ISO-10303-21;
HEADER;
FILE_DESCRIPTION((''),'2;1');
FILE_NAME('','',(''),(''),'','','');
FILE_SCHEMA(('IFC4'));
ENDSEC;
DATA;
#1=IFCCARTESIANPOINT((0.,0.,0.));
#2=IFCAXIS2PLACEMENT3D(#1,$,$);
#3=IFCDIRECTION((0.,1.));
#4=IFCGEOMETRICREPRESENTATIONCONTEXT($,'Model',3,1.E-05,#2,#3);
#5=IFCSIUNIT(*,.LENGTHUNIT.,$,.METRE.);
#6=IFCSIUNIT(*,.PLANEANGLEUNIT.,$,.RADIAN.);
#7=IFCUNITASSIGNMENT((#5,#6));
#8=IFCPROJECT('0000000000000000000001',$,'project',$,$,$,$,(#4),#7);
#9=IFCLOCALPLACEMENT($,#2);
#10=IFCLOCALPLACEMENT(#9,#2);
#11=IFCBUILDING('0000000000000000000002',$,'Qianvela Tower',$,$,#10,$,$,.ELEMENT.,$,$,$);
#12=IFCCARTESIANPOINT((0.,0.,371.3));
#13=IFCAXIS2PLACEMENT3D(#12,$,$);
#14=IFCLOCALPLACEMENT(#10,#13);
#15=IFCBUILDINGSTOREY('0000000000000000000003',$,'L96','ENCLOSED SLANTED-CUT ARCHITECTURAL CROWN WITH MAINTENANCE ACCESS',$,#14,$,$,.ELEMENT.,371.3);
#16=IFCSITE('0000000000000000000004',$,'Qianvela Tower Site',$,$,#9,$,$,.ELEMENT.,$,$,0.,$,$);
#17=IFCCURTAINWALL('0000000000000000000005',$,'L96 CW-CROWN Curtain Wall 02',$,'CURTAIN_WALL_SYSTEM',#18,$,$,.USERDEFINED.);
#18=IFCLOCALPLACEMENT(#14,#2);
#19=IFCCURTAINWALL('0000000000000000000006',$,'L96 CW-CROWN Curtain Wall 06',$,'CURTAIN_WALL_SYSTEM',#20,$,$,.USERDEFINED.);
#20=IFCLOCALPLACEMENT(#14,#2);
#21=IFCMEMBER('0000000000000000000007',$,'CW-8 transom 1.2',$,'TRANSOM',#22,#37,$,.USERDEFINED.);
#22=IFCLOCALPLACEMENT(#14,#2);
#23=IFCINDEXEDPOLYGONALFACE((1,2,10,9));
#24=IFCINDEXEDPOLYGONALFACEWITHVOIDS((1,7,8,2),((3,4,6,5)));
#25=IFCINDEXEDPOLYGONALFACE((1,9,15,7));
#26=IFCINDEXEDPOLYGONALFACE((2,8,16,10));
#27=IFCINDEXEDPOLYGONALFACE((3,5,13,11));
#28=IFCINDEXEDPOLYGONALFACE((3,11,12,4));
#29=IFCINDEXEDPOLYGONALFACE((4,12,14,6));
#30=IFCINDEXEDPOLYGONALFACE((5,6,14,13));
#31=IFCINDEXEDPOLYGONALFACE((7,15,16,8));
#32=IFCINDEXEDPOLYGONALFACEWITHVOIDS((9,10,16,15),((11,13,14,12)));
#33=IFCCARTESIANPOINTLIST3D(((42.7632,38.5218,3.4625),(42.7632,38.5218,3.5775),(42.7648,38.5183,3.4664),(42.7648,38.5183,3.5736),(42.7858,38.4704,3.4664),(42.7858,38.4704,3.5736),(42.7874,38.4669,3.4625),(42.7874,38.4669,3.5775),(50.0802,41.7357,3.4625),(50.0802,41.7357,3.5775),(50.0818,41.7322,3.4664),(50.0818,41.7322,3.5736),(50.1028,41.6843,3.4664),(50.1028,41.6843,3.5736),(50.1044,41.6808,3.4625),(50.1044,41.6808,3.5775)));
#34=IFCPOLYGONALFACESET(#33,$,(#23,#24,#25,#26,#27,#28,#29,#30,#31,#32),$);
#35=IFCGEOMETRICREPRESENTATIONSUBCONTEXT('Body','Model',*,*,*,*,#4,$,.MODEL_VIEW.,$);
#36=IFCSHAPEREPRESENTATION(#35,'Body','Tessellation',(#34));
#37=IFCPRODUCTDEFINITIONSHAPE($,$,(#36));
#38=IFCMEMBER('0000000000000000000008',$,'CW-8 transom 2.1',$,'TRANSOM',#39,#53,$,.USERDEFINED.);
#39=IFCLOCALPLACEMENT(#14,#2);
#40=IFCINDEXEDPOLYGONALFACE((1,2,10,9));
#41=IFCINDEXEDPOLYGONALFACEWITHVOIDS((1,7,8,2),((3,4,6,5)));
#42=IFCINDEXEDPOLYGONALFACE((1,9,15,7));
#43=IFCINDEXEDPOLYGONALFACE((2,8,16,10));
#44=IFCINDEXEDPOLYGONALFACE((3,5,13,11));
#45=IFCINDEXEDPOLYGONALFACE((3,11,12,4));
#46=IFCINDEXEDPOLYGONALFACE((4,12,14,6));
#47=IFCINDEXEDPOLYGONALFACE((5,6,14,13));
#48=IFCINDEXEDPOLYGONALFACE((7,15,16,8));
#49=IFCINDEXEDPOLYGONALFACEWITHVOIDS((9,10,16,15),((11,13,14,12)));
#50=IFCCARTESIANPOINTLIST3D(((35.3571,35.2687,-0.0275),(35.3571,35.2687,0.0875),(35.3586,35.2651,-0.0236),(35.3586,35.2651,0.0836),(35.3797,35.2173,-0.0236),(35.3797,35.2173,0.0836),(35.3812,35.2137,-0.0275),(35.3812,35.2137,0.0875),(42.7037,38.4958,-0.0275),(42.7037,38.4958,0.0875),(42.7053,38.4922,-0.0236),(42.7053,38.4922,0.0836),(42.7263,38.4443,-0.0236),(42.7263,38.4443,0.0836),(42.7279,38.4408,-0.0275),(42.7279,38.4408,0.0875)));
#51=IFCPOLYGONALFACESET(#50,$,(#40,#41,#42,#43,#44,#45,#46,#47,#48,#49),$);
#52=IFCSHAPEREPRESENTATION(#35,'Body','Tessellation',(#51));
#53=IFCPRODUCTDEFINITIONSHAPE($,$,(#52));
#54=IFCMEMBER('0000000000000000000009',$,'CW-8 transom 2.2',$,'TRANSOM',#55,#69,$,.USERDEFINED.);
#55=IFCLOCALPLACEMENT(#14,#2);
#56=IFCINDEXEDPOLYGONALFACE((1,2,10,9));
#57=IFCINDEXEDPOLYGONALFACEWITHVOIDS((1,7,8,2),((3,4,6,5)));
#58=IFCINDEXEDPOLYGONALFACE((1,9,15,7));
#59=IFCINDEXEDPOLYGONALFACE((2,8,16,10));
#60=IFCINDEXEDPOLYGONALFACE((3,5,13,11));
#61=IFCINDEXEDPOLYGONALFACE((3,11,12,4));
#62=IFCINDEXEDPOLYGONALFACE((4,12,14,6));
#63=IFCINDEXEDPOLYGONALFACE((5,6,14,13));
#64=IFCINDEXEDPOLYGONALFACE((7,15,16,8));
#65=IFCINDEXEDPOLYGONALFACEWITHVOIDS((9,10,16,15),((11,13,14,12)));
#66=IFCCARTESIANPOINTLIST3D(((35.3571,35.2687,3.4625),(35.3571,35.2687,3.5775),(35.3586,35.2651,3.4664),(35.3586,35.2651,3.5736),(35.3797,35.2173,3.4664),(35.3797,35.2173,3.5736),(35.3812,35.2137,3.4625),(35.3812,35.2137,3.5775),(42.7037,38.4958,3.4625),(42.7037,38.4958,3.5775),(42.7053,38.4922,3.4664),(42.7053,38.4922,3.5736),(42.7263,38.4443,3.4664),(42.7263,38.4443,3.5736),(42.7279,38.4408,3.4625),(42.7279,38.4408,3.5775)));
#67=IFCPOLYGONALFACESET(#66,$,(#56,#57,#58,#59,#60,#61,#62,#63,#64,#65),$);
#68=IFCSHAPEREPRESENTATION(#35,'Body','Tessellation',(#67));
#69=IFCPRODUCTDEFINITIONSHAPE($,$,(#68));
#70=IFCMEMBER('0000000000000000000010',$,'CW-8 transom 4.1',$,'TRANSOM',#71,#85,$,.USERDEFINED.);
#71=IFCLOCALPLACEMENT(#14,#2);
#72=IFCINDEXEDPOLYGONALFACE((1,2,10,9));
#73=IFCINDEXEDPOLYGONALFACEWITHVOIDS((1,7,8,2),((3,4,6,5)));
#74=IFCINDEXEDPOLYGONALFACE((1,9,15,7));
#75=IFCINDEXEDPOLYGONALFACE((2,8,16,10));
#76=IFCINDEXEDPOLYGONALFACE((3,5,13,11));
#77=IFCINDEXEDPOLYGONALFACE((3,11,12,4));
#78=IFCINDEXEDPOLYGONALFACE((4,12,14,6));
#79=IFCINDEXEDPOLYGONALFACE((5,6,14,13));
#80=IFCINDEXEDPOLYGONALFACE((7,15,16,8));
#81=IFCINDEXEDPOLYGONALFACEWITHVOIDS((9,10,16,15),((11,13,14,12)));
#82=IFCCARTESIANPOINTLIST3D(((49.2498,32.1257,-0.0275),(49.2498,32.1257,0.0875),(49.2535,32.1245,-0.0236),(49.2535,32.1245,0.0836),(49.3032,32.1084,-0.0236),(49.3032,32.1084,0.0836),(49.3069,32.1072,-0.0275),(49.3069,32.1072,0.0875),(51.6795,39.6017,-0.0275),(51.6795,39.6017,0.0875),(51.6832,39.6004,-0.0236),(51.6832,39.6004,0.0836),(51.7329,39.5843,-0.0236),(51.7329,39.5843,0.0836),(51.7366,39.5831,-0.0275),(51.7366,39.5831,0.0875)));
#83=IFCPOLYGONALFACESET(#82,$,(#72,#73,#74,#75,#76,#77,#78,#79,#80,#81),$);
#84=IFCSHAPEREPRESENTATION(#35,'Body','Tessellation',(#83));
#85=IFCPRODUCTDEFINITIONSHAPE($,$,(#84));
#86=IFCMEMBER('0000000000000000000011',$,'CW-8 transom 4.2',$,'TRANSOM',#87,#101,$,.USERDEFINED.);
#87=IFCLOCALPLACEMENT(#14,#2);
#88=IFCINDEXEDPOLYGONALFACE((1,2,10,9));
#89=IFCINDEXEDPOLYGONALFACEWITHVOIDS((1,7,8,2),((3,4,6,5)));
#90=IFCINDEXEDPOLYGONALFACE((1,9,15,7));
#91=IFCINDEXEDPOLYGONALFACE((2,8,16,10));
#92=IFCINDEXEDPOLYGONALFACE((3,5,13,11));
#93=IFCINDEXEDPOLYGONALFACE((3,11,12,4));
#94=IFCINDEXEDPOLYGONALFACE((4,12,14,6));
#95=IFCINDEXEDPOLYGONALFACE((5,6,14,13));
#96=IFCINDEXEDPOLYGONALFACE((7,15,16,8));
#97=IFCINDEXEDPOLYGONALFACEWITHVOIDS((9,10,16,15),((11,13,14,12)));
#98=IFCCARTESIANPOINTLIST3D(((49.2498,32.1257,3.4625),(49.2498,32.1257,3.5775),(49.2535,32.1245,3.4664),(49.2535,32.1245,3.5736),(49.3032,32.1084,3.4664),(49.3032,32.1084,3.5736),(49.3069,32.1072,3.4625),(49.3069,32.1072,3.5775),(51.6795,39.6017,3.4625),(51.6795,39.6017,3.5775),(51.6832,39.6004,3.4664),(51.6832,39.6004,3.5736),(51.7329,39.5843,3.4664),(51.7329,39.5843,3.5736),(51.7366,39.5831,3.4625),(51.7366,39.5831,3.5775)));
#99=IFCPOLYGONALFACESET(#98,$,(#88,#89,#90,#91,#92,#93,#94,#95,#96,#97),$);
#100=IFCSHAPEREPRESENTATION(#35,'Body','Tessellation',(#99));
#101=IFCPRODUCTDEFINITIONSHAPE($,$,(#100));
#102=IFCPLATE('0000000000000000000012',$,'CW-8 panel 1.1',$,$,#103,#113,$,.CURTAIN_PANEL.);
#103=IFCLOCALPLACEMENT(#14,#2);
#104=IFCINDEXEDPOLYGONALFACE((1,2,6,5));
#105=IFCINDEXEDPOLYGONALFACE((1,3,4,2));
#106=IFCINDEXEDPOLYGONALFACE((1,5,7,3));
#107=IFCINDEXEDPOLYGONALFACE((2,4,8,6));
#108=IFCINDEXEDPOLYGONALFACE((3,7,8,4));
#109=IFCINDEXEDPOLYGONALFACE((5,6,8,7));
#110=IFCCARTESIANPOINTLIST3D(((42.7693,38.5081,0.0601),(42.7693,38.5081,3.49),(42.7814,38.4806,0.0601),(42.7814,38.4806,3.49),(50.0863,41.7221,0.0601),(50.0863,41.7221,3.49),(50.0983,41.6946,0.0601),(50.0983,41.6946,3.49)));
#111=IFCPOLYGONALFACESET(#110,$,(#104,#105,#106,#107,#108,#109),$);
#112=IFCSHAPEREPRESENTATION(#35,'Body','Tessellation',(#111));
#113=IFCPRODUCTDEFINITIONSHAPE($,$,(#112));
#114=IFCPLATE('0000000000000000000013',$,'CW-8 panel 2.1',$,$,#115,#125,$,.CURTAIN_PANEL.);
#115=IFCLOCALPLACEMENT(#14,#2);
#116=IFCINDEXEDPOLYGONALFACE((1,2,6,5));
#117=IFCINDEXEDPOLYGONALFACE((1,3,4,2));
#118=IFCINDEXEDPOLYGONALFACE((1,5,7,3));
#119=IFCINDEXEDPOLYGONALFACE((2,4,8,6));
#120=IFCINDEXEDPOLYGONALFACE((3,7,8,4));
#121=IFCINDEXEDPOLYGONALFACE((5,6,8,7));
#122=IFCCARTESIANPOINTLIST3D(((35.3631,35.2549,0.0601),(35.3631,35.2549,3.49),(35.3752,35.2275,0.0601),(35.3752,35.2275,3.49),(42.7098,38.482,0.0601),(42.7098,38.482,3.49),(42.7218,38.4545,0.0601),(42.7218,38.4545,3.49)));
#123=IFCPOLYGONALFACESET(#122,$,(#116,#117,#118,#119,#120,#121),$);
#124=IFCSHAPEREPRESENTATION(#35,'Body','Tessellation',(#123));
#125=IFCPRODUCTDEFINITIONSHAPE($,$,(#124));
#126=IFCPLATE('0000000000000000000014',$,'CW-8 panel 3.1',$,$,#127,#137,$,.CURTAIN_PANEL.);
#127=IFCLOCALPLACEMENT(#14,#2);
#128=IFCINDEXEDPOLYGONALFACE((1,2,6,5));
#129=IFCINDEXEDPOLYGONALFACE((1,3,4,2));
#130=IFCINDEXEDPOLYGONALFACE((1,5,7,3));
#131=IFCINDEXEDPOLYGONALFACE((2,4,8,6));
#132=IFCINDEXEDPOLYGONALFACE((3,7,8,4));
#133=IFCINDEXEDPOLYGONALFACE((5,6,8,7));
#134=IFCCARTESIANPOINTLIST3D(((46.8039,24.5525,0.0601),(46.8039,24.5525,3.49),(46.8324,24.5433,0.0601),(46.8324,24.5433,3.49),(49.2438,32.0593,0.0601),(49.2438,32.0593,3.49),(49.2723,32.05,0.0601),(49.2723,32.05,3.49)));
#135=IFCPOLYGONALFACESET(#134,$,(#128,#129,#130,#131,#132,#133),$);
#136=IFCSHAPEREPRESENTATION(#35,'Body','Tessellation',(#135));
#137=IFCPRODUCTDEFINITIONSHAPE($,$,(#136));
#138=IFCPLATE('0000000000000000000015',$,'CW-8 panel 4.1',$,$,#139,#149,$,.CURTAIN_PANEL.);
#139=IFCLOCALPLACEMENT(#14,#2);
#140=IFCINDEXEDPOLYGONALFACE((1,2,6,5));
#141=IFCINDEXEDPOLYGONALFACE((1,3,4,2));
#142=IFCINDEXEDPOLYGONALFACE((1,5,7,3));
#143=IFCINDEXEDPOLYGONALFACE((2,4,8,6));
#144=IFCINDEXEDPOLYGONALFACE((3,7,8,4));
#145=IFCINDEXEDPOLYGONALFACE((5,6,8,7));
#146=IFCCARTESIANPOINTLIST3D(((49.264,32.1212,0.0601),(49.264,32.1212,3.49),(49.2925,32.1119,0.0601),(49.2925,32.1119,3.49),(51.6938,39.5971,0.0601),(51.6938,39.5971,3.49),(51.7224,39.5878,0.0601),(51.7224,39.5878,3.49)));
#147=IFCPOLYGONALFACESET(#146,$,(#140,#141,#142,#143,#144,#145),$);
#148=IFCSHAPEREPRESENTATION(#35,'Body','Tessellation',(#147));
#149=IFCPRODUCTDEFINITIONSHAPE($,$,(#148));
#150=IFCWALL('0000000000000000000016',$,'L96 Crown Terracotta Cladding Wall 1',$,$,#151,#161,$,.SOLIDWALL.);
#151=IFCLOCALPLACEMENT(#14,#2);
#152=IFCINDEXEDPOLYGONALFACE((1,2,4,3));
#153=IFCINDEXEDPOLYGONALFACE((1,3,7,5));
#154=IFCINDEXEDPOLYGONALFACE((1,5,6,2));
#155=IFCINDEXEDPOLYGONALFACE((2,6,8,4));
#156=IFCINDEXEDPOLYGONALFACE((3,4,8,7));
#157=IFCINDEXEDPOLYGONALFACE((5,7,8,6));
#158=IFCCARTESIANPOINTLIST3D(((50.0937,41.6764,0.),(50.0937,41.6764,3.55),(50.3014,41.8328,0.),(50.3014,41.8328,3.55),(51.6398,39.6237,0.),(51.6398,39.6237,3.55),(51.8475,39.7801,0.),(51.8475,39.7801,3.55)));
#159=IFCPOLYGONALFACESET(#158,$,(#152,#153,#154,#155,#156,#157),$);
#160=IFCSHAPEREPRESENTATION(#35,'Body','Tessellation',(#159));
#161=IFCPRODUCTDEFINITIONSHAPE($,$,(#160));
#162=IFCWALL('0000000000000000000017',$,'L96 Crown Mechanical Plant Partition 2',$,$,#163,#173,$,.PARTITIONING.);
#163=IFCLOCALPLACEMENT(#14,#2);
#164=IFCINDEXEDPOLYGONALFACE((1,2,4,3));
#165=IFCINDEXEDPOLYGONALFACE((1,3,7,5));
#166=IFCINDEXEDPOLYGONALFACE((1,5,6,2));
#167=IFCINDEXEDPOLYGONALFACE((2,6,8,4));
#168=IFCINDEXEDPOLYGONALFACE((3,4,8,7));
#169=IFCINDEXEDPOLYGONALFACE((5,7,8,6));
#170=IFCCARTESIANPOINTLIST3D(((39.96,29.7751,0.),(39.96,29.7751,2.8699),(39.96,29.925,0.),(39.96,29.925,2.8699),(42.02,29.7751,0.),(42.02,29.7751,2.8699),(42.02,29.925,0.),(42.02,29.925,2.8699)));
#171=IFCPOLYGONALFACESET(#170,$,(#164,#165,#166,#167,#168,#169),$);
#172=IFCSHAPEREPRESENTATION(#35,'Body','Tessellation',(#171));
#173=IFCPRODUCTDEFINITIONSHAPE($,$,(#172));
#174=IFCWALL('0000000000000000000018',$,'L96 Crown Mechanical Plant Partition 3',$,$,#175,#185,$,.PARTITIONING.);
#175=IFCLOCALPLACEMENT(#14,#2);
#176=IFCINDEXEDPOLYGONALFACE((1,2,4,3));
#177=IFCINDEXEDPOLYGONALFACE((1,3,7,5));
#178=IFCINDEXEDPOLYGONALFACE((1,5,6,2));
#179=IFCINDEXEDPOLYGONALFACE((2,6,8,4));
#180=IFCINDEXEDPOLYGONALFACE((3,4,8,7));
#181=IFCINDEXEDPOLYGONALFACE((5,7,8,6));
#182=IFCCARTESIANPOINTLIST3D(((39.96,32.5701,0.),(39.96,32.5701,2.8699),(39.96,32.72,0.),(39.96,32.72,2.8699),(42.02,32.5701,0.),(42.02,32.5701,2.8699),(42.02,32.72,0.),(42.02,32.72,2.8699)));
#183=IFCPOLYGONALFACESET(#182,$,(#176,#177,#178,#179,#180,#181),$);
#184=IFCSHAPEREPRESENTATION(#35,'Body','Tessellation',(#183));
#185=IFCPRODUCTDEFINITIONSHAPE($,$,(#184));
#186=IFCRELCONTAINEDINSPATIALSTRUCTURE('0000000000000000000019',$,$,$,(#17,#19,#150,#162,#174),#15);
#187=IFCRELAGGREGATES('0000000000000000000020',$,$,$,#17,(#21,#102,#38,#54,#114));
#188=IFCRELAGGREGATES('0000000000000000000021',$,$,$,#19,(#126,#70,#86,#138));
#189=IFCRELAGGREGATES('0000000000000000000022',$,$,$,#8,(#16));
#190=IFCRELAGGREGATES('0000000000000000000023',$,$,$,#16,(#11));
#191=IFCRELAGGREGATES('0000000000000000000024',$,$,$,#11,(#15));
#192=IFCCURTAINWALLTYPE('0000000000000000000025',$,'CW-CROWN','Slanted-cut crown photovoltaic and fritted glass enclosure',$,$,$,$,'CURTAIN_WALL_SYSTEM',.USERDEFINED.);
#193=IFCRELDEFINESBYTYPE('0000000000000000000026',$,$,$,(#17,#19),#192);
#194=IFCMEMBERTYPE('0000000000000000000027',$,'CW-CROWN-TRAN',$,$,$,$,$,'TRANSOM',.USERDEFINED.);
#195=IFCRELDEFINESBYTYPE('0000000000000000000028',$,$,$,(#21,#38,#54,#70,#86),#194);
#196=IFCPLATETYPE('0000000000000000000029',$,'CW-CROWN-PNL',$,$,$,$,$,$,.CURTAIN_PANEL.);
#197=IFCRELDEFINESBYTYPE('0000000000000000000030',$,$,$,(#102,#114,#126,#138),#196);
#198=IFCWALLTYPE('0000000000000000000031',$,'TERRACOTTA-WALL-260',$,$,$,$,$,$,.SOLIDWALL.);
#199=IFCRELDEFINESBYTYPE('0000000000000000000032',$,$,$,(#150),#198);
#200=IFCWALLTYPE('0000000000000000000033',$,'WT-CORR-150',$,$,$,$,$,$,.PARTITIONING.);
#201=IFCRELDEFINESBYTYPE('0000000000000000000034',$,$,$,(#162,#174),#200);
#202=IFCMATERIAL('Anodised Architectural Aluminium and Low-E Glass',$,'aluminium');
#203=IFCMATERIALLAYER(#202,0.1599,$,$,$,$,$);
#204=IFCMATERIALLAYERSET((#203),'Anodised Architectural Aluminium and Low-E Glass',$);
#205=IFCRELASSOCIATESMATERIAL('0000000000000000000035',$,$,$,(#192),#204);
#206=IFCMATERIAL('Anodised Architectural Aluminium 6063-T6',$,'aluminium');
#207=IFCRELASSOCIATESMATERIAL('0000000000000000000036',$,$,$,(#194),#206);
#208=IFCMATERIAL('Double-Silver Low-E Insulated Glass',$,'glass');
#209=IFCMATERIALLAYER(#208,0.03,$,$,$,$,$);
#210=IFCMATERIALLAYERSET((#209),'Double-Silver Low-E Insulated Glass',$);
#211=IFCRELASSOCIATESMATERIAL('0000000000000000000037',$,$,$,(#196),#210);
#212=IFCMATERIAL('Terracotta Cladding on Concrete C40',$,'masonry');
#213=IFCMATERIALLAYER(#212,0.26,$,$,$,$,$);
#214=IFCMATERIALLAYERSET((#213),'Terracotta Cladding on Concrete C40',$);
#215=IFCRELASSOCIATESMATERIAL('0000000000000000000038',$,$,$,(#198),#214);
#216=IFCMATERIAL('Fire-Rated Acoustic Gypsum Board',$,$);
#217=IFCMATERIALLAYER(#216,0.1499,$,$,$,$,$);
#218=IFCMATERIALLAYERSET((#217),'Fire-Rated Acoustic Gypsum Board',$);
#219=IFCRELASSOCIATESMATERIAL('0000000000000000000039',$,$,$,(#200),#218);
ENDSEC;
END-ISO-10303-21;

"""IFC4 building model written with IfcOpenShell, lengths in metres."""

from ifc_helpers import new_model, si_unit, direction, frame, frame_2d, origin, origin_2d, place, context, subcontext, project, spatial, rectangle, hollow_rectangle, extrude, material, layer, layer_set, material_profile, profile_set, type_object, element, aggregate, save


model = new_model("IFC4")

# Units and contexts
model_context = context("Model", 3, precision=1e-05, world=origin(), true_north=direction((0.0, 1.0)))
body_context = subcontext(model_context, "Body", "Model", "MODEL_VIEW")
ifc_project = project(units=[si_unit("LENGTHUNIT", "METRE"), si_unit("PLANEANGLEUNIT", "RADIAN")], contexts=[model_context])

# Site, building, storey
site_placement = place(None, origin())
site = spatial("IfcSite", under=ifc_project, at=site_placement, Name="Qianvela Tower Site", CompositionType="ELEMENT", RefElevation=0.0)
building_placement = place(site_placement, origin())
building = spatial("IfcBuilding", under=site, at=building_placement, Name="Qianvela Tower", CompositionType="ELEMENT")
storey_placement = place(building_placement, frame((0.0, 0.0, 371.3)))
storey = spatial("IfcBuildingStorey", under=building, at=storey_placement, Name="L96", Description="ENCLOSED SLANTED-CUT ARCHITECTURAL CROWN WITH MAINTENANCE ACCESS", CompositionType="ELEMENT", Elevation=371.3)

# Curtain walls
ifc_material_1 = material(Name="Anodised Architectural Aluminium and Low-E Glass", Category="aluminium")
ifc_layer_1 = layer(ifc_material_1, 0.1599)
ifc_layer_set_1 = layer_set([ifc_layer_1], Name="Anodised Architectural Aluminium and Low-E Glass")
curtain_wall_type = type_object("IfcCurtainWallType", Name="CW-CROWN", Description="Slanted-cut crown photovoltaic and fritted glass enclosure", ElementType="CURTAIN_WALL_SYSTEM", PredefinedType="USERDEFINED", material=ifc_layer_set_1)
curtain_wall_1_placement = place(storey_placement, origin())
curtain_wall_1 = element("IfcCurtainWall", 1, at=curtain_wall_1_placement, inside=storey, type_object=curtain_wall_type, Name="L96 CW-CROWN Curtain Wall 02", ObjectType="CURTAIN_WALL_SYSTEM", PredefinedType="USERDEFINED")
curtain_wall_2_placement = place(storey_placement, origin())
curtain_wall_2 = element("IfcCurtainWall", 2, at=curtain_wall_2_placement, inside=storey, type_object=curtain_wall_type, Name="L96 CW-CROWN Curtain Wall 06", ObjectType="CURTAIN_WALL_SYSTEM", PredefinedType="USERDEFINED")

# Members
ifc_material_2 = material(Name="Anodised Architectural Aluminium 6063-T6", Category="aluminium")
ifc_material_profile_1 = material_profile(ifc_material_2, hollow_rectangle(XDim=0.0601, YDim=0.115, WallThickness=0.0039, at=origin_2d()), Name="ALU-TRAN-60x115")
ifc_profile_set_1 = profile_set([ifc_material_profile_1], Name="Anodised Architectural Aluminium 6063-T6")
member_type_1 = type_object("IfcMemberType", Name="CW-CROWN-TRAN", ElementType="TRANSOM", PredefinedType="USERDEFINED", material=ifc_profile_set_1)
member_1_placement = place(storey_placement, frame((50.0923, 41.7083, 3.52), z_axis=(-0.915572, -0.402155, 0.0), x_axis=(0.402155, -0.915572, 0.0)))
member_1 = element("IfcMember", 3, at=member_1_placement, type_object=member_type_1, Name="CW-8 transom 1.2", ObjectType="TRANSOM", PredefinedType="USERDEFINED", context=body_context, shape_type="SweptSolid", body=[
    extrude(hollow_rectangle(XDim=0.0601, YDim=0.115, WallThickness=0.0039, at=origin_2d()), origin(), (0.0, 0.0, 1.0), 7.9917),
])
member_2_placement = place(storey_placement, frame((42.7158, 38.4683, 0.03), z_axis=(-0.915567, -0.402166, 0.0), x_axis=(0.402166, -0.915567, 0.0)))
member_2 = element("IfcMember", 4, at=member_2_placement, type_object=member_type_1, Name="CW-8 transom 2.1", ObjectType="TRANSOM", PredefinedType="USERDEFINED", context=body_context, shape_type="SweptSolid", body=[
    extrude(hollow_rectangle(XDim=0.0601, YDim=0.115, WallThickness=0.0039, at=origin_2d()), origin(), (0.0, 0.0, 1.0), 8.0242),
])
member_3_placement = place(storey_placement, frame((42.7158, 38.4683, 3.52), z_axis=(-0.915567, -0.402166, 0.0), x_axis=(0.402166, -0.915567, 0.0)))
member_3 = element("IfcMember", 5, at=member_3_placement, type_object=member_type_1, Name="CW-8 transom 2.2", ObjectType="TRANSOM", PredefinedType="USERDEFINED", context=body_context, shape_type="SweptSolid", body=[
    extrude(hollow_rectangle(XDim=0.0601, YDim=0.115, WallThickness=0.0039, at=origin_2d()), origin(), (0.0, 0.0, 1.0), 8.0242),
])
member_4_placement = place(storey_placement, frame((49.2783, 32.1165, 0.03), z_axis=(0.309091, 0.951032, 0.0), x_axis=(-0.951032, 0.309091, 0.0)))
member_4 = element("IfcMember", 6, at=member_4_placement, type_object=member_type_1, Name="CW-8 transom 4.1", ObjectType="TRANSOM", PredefinedType="USERDEFINED", context=body_context, shape_type="SweptSolid", body=[
    extrude(hollow_rectangle(XDim=0.0601, YDim=0.115, WallThickness=0.0039, at=origin_2d()), origin(), (0.0, 0.0, 1.0), 7.8608),
])
member_5_placement = place(storey_placement, frame((49.2783, 32.1165, 3.52), z_axis=(0.309091, 0.951032, 0.0), x_axis=(-0.951032, 0.309091, 0.0)))
member_5 = element("IfcMember", 7, at=member_5_placement, type_object=member_type_1, Name="CW-8 transom 4.2", ObjectType="TRANSOM", PredefinedType="USERDEFINED", context=body_context, shape_type="SweptSolid", body=[
    extrude(hollow_rectangle(XDim=0.0601, YDim=0.115, WallThickness=0.0039, at=origin_2d()), origin(), (0.0, 0.0, 1.0), 7.8608),
])

# Plates
ifc_material_3 = material(Name="Double-Silver Low-E Insulated Glass", Category="glass")
ifc_layer_2 = layer(ifc_material_3, 0.03)
ifc_layer_set_2 = layer_set([ifc_layer_2], Name="Double-Silver Low-E Insulated Glass")
plate_type = type_object("IfcPlateType", Name="CW-CROWN-PNL", PredefinedType="CURTAIN_PANEL", material=ifc_layer_set_2)
plate_1_placement = place(storey_placement, frame((46.4338, 40.1013, 0.0601), z_axis=(0.0, 0.0, 1.0), x_axis=(-0.915565, -0.40217, 0.0)))
plate_1 = element("IfcPlate", 8, at=plate_1_placement, type_object=plate_type, Name="CW-8 panel 1.1", PredefinedType="CURTAIN_PANEL", context=body_context, shape_type="SweptSolid", body=[
    extrude(rectangle(XDim=7.9917, YDim=0.03, at=origin_2d()), origin(), (0.0, 0.0, 1.0), 3.4299),
])
plate_2_placement = place(storey_placement, frame((39.0425, 36.8547, 0.0601), z_axis=(0.0, 0.0, 1.0), x_axis=(-0.915565, -0.40217, 0.0)))
plate_2 = element("IfcPlate", 9, at=plate_2_placement, type_object=plate_type, Name="CW-8 panel 2.1", PredefinedType="CURTAIN_PANEL", context=body_context, shape_type="SweptSolid", body=[
    extrude(rectangle(XDim=8.0242, YDim=0.03, at=origin_2d()), origin(), (0.0, 0.0, 1.0), 3.4299),
])
aggregate(curtain_wall_1, [member_1, plate_1, member_2, member_3, plate_2])
plate_3_placement = place(storey_placement, frame((48.0381, 28.3013, 0.0601), z_axis=(0.0, 0.0, 1.0), x_axis=(0.309108, 0.951027, 0.0)))
plate_3 = element("IfcPlate", 10, at=plate_3_placement, type_object=plate_type, Name="CW-8 panel 3.1", PredefinedType="CURTAIN_PANEL", context=body_context, shape_type="SweptSolid", body=[
    extrude(rectangle(XDim=7.8933, YDim=0.03, at=origin_2d()), origin(), (0.0, 0.0, 1.0), 3.4299),
])
plate_4_placement = place(storey_placement, frame((50.4932, 35.8545, 0.0601), z_axis=(0.0, 0.0, 1.0), x_axis=(0.309108, 0.951027, 0.0)))
plate_4 = element("IfcPlate", 11, at=plate_4_placement, type_object=plate_type, Name="CW-8 panel 4.1", PredefinedType="CURTAIN_PANEL", context=body_context, shape_type="SweptSolid", body=[
    extrude(rectangle(XDim=7.8608, YDim=0.03, at=origin_2d()), origin(), (0.0, 0.0, 1.0), 3.4299),
])
aggregate(curtain_wall_2, [plate_3, member_4, member_5, plate_4])

# Wall
ifc_material_4 = material(Name="Terracotta Cladding on Concrete C40", Category="masonry")
ifc_layer_3 = layer(ifc_material_4, 0.26)
ifc_layer_set_3 = layer_set([ifc_layer_3], Name="Terracotta Cladding on Concrete C40")
wall_type_1 = type_object("IfcWallType", Name="TERRACOTTA-WALL-260", PredefinedType="SOLIDWALL", material=ifc_layer_set_3)
wall_1_placement = place(storey_placement, frame((51.7437, 39.7019, 0.0), z_axis=(0.0, 0.0, 1.0), x_axis=(-0.60164, 0.798767, 0.0)))
element("IfcWall", 12, at=wall_1_placement, inside=storey, type_object=wall_type_1, Name="L96 Crown Terracotta Cladding Wall 1", PredefinedType="SOLIDWALL", context=body_context, shape_type="SweptSolid", body=[
    extrude(rectangle(XDim=2.5698, YDim=0.26, at=frame_2d((1.2849, 0.0))), origin(), (0.0, 0.0, 1.0), 3.55),
])

# Shared definitions
ifc_material_5 = material(Name="Fire-Rated Acoustic Gypsum Board")
ifc_layer_4 = layer(ifc_material_5, 0.1499)
ifc_layer_set_4 = layer_set([ifc_layer_4], Name="Fire-Rated Acoustic Gypsum Board")
wall_type_2 = type_object("IfcWallType", Name="WT-CORR-150", PredefinedType="PARTITIONING", material=ifc_layer_set_4)

# Walls
for number, where, z_axis, x_axis, name in (
    (13, (39.96, 29.8501, 0.0), (0.0, 0.0, 1.0), (1.0, 0.0, 0.0), "L96 Crown Mechanical Plant Partition 2"),
    (14, (39.96, 32.645, 0.0), (0.0, 0.0, 1.0), (1.0, 0.0, 0.0), "L96 Crown Mechanical Plant Partition 3"),
):
    element("IfcWall", number, at=place(storey_placement, frame(where, z_axis=z_axis, x_axis=x_axis)), inside=storey, type_object=wall_type_2, Name=name, PredefinedType="PARTITIONING", context=body_context, shape_type="SweptSolid", body=[
        extrude(rectangle(XDim=2.0601, YDim=0.1499, at=frame_2d((1.03, 0.0))), origin(), (0.0, 0.0, 1.0), 2.8699),
    ])

save(model, "model.ifc")
